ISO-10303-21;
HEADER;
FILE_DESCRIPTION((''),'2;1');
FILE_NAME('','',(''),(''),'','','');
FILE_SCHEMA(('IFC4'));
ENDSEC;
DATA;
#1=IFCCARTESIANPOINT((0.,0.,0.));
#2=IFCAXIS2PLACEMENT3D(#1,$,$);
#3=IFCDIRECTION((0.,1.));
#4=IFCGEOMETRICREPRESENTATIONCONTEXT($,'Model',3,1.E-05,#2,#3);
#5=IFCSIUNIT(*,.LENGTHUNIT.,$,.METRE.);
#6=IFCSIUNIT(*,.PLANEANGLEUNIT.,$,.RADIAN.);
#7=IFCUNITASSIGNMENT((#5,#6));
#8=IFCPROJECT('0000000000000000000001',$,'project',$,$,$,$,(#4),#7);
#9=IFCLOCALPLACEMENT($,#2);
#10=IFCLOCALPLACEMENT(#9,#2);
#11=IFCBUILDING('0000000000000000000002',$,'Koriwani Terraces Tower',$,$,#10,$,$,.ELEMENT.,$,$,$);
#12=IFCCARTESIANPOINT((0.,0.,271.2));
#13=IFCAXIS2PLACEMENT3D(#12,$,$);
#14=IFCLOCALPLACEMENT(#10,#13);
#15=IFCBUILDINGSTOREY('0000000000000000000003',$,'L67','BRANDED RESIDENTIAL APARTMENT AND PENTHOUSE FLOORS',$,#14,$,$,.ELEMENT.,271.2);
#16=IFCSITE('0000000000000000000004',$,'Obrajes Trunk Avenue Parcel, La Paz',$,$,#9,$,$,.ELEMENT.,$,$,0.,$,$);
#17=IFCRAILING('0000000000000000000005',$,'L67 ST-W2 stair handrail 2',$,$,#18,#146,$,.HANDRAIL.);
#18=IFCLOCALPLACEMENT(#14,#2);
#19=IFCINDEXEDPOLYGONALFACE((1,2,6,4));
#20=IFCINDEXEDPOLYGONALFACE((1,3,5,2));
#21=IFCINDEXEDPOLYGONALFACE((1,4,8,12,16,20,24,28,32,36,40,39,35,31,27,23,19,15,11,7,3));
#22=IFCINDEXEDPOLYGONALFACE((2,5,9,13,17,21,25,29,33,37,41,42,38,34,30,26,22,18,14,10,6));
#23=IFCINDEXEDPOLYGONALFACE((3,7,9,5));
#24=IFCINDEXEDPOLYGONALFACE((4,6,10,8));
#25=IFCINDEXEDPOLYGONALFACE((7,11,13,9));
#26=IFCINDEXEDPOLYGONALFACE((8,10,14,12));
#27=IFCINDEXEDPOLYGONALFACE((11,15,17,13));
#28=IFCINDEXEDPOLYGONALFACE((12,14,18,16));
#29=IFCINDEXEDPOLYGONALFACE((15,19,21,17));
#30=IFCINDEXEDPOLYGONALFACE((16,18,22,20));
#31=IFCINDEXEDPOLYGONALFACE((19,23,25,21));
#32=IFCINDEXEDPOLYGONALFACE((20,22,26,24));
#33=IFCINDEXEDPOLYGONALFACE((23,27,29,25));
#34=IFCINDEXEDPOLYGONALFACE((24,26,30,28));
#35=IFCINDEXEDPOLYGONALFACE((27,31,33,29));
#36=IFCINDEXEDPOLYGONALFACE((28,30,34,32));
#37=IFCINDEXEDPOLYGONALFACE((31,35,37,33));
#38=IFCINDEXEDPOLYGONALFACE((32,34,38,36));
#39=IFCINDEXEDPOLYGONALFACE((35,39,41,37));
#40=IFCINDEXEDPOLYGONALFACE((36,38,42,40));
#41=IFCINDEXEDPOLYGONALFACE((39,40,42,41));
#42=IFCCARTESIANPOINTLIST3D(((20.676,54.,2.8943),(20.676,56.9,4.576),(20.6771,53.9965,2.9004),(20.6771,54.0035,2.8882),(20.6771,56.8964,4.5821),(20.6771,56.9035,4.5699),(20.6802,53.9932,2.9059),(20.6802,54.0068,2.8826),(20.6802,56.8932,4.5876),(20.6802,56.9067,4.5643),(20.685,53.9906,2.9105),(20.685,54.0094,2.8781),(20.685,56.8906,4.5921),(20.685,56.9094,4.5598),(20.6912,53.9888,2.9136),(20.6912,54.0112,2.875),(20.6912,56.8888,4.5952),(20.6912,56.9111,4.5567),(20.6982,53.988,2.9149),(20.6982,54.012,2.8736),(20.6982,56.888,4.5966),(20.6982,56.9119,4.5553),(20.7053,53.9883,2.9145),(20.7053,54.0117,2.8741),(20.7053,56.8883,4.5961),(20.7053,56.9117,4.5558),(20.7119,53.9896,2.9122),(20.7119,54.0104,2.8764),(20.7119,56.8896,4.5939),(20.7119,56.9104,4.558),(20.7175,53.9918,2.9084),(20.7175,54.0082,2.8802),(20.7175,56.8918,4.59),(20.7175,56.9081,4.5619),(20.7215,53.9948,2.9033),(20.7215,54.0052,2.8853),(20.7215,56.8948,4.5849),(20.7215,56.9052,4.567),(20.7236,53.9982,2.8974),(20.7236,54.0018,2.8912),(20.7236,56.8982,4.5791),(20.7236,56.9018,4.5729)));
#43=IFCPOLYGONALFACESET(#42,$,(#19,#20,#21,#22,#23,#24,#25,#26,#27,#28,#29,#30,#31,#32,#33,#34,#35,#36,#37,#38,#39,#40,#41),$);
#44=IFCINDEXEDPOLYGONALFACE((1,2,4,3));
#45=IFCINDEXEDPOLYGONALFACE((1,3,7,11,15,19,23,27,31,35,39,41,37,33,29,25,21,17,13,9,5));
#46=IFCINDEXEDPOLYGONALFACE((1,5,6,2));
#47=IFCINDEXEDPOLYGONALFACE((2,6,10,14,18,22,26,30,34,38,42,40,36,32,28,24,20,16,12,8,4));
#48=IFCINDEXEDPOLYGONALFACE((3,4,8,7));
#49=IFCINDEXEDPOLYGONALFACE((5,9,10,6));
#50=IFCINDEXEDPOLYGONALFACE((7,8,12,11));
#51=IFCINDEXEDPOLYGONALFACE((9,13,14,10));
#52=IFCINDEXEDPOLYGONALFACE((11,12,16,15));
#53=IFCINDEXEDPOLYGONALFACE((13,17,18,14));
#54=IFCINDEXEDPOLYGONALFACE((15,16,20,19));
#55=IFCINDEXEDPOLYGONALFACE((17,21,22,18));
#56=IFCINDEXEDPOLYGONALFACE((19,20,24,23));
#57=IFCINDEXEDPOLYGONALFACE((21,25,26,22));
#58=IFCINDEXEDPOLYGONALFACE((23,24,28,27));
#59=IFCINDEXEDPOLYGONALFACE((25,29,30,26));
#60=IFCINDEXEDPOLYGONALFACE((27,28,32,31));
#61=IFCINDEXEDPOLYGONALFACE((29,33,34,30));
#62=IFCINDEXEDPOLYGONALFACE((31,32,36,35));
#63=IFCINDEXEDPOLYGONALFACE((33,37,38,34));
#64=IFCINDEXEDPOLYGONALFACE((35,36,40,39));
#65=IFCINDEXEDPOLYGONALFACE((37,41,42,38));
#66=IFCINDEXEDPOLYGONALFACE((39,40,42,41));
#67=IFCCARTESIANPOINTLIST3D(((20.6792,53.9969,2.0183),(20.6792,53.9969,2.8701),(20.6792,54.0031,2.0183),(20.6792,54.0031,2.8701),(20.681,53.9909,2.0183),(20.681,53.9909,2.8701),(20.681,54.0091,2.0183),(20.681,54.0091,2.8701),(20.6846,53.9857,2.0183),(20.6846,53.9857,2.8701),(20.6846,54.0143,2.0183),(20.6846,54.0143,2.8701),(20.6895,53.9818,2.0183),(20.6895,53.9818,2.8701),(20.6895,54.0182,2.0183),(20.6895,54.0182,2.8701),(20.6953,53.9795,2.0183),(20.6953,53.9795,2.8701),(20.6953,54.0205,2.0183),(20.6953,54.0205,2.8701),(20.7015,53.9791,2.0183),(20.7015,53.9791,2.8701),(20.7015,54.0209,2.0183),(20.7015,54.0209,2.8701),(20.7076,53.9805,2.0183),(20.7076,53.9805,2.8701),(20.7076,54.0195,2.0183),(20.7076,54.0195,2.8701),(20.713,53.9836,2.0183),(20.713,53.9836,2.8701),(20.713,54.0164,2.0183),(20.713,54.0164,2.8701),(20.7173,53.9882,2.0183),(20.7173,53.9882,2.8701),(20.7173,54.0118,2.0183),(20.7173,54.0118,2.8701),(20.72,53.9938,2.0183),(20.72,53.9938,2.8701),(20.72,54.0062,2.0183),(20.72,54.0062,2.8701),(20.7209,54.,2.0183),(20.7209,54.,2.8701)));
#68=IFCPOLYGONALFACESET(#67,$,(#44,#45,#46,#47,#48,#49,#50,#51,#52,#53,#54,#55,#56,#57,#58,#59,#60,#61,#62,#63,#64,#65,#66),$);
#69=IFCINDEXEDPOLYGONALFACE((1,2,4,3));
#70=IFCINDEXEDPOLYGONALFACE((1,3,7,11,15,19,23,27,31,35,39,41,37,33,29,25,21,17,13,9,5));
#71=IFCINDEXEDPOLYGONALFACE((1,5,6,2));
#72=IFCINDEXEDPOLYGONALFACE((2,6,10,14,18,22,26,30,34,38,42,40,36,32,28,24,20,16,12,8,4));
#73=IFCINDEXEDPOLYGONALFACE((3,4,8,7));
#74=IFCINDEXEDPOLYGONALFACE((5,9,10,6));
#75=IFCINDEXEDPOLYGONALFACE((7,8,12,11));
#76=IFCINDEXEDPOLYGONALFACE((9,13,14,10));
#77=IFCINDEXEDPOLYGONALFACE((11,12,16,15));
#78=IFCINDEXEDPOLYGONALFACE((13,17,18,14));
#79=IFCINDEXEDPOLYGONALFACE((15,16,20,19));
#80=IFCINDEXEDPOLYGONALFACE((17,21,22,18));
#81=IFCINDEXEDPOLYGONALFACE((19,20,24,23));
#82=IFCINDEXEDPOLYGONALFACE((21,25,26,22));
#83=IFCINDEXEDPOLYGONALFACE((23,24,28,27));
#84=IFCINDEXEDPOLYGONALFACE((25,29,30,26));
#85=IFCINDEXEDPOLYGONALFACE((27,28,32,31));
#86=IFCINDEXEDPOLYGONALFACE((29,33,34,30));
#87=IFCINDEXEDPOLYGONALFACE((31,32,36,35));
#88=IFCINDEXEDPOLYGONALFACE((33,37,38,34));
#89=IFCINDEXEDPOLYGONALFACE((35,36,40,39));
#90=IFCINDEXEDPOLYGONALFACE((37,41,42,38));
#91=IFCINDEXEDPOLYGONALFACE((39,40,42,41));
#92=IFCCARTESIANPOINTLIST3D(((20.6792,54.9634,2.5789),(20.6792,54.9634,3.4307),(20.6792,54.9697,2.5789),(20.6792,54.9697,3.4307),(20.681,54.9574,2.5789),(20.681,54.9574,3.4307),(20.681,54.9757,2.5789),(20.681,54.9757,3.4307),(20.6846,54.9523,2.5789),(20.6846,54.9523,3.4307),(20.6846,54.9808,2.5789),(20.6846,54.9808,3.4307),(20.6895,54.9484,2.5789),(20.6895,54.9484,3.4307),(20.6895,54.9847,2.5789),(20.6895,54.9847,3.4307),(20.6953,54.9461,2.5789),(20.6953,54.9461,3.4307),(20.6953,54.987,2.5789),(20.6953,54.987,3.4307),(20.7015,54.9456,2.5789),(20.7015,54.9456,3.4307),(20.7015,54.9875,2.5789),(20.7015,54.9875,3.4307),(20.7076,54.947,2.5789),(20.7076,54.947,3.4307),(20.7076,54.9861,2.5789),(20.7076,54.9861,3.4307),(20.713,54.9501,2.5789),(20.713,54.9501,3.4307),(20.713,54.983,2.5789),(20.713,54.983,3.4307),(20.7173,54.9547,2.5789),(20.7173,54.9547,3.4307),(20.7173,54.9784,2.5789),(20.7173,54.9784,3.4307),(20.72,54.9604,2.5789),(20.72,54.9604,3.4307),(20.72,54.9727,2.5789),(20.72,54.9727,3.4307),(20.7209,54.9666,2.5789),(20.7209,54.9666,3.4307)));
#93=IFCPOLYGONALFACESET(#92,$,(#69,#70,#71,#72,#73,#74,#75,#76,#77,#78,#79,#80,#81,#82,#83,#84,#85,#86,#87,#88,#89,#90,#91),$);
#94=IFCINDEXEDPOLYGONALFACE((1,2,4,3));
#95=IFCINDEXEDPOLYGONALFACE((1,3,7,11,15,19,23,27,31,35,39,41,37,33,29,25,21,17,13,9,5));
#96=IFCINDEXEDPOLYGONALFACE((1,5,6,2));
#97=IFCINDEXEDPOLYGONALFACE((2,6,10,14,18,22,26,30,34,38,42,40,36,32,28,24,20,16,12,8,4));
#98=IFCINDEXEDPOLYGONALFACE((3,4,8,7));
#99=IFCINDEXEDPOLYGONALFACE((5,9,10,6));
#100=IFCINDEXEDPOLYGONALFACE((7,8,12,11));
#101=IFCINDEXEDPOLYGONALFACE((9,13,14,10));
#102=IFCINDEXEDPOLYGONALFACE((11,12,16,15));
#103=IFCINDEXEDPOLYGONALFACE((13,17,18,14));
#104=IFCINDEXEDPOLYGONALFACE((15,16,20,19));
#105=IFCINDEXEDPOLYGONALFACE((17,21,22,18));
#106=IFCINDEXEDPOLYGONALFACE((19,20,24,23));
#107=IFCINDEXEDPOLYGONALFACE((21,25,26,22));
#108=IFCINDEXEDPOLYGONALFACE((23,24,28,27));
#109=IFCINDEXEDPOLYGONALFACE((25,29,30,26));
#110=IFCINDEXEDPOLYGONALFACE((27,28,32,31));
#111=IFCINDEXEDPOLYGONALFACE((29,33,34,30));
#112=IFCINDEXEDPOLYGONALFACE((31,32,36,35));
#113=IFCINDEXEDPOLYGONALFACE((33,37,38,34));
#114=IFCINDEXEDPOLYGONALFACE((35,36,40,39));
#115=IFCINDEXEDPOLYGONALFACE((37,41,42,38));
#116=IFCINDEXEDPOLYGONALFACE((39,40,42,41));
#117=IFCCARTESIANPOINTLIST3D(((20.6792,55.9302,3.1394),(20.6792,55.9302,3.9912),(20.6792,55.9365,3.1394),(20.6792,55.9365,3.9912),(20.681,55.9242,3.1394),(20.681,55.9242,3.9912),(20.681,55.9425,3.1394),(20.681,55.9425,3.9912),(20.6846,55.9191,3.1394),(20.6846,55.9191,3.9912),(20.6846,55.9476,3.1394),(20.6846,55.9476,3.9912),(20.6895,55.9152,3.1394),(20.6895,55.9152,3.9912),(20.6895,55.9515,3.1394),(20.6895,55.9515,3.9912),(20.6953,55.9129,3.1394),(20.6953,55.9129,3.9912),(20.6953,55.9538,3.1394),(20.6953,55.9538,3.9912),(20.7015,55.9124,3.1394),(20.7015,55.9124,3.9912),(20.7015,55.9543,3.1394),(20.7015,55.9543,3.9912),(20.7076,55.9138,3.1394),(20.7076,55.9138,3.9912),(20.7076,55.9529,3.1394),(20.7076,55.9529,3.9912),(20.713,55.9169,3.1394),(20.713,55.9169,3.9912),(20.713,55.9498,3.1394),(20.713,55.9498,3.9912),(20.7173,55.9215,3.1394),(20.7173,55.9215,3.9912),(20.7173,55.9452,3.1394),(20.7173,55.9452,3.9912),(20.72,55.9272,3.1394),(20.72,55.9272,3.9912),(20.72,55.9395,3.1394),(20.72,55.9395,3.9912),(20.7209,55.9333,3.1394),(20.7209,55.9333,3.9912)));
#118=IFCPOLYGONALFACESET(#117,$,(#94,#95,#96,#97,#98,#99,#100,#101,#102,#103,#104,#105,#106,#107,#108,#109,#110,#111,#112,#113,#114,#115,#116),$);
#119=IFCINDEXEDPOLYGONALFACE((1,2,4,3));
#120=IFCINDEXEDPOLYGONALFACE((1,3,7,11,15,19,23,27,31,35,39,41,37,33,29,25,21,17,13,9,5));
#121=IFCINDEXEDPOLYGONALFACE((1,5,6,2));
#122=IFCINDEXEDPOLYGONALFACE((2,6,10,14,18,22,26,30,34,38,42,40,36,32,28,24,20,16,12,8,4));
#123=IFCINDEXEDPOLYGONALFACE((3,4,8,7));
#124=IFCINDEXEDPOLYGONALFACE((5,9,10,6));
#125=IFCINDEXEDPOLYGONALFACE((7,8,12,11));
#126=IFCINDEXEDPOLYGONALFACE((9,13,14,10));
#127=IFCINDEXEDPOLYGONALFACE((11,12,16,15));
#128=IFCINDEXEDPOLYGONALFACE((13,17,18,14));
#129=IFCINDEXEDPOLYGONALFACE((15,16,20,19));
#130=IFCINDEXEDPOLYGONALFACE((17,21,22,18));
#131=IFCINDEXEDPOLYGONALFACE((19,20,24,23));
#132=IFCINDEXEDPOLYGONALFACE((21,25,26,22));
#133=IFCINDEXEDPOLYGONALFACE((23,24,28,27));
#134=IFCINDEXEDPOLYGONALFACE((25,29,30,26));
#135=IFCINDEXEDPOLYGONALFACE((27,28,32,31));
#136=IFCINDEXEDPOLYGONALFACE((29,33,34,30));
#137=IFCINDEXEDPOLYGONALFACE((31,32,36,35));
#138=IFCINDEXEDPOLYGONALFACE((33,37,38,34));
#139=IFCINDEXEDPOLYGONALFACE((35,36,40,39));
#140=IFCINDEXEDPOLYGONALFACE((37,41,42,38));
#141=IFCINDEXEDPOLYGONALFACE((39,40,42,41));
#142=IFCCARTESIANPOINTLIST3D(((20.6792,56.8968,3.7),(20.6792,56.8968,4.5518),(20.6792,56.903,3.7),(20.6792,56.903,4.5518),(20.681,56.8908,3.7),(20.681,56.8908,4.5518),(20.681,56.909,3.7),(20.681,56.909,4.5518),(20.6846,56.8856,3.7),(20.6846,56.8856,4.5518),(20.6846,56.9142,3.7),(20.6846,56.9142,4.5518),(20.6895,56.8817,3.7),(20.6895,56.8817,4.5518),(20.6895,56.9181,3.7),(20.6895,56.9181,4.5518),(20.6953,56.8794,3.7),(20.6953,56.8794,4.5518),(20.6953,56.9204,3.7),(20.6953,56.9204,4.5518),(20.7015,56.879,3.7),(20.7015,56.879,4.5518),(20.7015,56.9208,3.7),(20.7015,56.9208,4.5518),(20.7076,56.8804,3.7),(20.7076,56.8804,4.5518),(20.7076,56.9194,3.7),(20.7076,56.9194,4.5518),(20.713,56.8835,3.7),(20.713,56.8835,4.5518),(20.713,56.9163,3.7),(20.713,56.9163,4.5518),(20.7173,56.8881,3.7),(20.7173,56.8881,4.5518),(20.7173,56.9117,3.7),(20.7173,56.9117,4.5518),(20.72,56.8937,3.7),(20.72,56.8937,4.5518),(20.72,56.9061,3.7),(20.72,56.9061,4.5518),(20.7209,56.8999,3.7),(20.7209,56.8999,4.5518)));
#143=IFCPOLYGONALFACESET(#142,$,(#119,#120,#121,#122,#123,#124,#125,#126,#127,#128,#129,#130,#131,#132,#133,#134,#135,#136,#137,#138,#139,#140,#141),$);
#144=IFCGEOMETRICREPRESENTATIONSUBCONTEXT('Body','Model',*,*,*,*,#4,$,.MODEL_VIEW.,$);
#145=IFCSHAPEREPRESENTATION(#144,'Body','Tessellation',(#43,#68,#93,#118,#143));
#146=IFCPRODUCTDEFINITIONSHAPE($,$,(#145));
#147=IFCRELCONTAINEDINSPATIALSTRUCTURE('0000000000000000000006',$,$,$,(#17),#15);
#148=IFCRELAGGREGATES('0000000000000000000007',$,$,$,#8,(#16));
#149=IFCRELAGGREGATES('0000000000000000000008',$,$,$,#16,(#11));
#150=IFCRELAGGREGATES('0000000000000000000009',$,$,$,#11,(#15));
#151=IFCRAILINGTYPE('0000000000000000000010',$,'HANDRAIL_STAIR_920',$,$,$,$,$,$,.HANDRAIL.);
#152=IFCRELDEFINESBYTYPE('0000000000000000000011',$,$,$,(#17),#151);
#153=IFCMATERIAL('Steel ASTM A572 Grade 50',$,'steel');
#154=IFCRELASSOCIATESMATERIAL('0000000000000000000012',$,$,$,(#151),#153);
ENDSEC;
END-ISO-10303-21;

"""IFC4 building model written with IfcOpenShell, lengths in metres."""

from ifc_helpers import new_model, si_unit, direction, frame, origin, origin_2d, place, context, subcontext, project, spatial, circle, extrude, material, type_object, element, save


model = new_model("IFC4")

# Units and contexts
model_context = context("Model", 3, precision=1e-05, world=origin(), true_north=direction((0.0, 1.0)))
body_context = subcontext(model_context, "Body", "Model", "MODEL_VIEW")
ifc_project = project(units=[si_unit("LENGTHUNIT", "METRE"), si_unit("PLANEANGLEUNIT", "RADIAN")], contexts=[model_context])

# Site, building, storey
site_placement = place(None, origin())
site = spatial("IfcSite", under=ifc_project, at=site_placement, Name="Obrajes Trunk Avenue Parcel, La Paz", CompositionType="ELEMENT", RefElevation=0.0)
building_placement = place(site_placement, origin())
building = spatial("IfcBuilding", under=site, at=building_placement, Name="Koriwani Terraces Tower", CompositionType="ELEMENT")
storey_placement = place(building_placement, frame((0.0, 0.0, 271.2)))
storey = spatial("IfcBuildingStorey", under=building, at=storey_placement, Name="L67", Description="BRANDED RESIDENTIAL APARTMENT AND PENTHOUSE FLOORS", CompositionType="ELEMENT", Elevation=271.2)

# Shared definitions
ifc_material_1 = material(Name="Steel ASTM A572 Grade 50", Category="steel")

# Railing
railing_type_1 = type_object("IfcRailingType", Name="HANDRAIL_STAIR_920", PredefinedType="HANDRAIL", material=ifc_material_1)
railing_1_placement = place(storey_placement, frame((20.7, 54.0, 2.0183)))
element("IfcRailing", 1, at=railing_1_placement, inside=storey, type_object=railing_type_1, Name="L67 ST-W2 stair handrail 2", PredefinedType="HANDRAIL", context=body_context, shape_type="SweptSolid", body=[
    extrude(circle(Radius=0.0239, at=origin_2d()), frame((0.0, 0.0, 0.876), z_axis=(0.0, 0.86507, 0.501651), x_axis=(-1.0, 0.0, 0.0)), (0.0, 0.0, 1.0), 3.3523),
    extrude(circle(Radius=0.021, at=origin_2d()), origin(), (0.0, 0.0, 1.0), 0.8518),
    extrude(circle(Radius=0.021, at=origin_2d()), frame((0.0, 0.9666, 0.5605)), (0.0, 0.0, 1.0), 0.8518),
    extrude(circle(Radius=0.021, at=origin_2d()), frame((0.0, 1.9333, 1.1211)), (0.0, 0.0, 1.0), 0.8518),
    extrude(circle(Radius=0.021, at=origin_2d()), frame((0.0, 2.8999, 1.6816)), (0.0, 0.0, 1.0), 0.8518),
])

save(model, "model.ifc")
